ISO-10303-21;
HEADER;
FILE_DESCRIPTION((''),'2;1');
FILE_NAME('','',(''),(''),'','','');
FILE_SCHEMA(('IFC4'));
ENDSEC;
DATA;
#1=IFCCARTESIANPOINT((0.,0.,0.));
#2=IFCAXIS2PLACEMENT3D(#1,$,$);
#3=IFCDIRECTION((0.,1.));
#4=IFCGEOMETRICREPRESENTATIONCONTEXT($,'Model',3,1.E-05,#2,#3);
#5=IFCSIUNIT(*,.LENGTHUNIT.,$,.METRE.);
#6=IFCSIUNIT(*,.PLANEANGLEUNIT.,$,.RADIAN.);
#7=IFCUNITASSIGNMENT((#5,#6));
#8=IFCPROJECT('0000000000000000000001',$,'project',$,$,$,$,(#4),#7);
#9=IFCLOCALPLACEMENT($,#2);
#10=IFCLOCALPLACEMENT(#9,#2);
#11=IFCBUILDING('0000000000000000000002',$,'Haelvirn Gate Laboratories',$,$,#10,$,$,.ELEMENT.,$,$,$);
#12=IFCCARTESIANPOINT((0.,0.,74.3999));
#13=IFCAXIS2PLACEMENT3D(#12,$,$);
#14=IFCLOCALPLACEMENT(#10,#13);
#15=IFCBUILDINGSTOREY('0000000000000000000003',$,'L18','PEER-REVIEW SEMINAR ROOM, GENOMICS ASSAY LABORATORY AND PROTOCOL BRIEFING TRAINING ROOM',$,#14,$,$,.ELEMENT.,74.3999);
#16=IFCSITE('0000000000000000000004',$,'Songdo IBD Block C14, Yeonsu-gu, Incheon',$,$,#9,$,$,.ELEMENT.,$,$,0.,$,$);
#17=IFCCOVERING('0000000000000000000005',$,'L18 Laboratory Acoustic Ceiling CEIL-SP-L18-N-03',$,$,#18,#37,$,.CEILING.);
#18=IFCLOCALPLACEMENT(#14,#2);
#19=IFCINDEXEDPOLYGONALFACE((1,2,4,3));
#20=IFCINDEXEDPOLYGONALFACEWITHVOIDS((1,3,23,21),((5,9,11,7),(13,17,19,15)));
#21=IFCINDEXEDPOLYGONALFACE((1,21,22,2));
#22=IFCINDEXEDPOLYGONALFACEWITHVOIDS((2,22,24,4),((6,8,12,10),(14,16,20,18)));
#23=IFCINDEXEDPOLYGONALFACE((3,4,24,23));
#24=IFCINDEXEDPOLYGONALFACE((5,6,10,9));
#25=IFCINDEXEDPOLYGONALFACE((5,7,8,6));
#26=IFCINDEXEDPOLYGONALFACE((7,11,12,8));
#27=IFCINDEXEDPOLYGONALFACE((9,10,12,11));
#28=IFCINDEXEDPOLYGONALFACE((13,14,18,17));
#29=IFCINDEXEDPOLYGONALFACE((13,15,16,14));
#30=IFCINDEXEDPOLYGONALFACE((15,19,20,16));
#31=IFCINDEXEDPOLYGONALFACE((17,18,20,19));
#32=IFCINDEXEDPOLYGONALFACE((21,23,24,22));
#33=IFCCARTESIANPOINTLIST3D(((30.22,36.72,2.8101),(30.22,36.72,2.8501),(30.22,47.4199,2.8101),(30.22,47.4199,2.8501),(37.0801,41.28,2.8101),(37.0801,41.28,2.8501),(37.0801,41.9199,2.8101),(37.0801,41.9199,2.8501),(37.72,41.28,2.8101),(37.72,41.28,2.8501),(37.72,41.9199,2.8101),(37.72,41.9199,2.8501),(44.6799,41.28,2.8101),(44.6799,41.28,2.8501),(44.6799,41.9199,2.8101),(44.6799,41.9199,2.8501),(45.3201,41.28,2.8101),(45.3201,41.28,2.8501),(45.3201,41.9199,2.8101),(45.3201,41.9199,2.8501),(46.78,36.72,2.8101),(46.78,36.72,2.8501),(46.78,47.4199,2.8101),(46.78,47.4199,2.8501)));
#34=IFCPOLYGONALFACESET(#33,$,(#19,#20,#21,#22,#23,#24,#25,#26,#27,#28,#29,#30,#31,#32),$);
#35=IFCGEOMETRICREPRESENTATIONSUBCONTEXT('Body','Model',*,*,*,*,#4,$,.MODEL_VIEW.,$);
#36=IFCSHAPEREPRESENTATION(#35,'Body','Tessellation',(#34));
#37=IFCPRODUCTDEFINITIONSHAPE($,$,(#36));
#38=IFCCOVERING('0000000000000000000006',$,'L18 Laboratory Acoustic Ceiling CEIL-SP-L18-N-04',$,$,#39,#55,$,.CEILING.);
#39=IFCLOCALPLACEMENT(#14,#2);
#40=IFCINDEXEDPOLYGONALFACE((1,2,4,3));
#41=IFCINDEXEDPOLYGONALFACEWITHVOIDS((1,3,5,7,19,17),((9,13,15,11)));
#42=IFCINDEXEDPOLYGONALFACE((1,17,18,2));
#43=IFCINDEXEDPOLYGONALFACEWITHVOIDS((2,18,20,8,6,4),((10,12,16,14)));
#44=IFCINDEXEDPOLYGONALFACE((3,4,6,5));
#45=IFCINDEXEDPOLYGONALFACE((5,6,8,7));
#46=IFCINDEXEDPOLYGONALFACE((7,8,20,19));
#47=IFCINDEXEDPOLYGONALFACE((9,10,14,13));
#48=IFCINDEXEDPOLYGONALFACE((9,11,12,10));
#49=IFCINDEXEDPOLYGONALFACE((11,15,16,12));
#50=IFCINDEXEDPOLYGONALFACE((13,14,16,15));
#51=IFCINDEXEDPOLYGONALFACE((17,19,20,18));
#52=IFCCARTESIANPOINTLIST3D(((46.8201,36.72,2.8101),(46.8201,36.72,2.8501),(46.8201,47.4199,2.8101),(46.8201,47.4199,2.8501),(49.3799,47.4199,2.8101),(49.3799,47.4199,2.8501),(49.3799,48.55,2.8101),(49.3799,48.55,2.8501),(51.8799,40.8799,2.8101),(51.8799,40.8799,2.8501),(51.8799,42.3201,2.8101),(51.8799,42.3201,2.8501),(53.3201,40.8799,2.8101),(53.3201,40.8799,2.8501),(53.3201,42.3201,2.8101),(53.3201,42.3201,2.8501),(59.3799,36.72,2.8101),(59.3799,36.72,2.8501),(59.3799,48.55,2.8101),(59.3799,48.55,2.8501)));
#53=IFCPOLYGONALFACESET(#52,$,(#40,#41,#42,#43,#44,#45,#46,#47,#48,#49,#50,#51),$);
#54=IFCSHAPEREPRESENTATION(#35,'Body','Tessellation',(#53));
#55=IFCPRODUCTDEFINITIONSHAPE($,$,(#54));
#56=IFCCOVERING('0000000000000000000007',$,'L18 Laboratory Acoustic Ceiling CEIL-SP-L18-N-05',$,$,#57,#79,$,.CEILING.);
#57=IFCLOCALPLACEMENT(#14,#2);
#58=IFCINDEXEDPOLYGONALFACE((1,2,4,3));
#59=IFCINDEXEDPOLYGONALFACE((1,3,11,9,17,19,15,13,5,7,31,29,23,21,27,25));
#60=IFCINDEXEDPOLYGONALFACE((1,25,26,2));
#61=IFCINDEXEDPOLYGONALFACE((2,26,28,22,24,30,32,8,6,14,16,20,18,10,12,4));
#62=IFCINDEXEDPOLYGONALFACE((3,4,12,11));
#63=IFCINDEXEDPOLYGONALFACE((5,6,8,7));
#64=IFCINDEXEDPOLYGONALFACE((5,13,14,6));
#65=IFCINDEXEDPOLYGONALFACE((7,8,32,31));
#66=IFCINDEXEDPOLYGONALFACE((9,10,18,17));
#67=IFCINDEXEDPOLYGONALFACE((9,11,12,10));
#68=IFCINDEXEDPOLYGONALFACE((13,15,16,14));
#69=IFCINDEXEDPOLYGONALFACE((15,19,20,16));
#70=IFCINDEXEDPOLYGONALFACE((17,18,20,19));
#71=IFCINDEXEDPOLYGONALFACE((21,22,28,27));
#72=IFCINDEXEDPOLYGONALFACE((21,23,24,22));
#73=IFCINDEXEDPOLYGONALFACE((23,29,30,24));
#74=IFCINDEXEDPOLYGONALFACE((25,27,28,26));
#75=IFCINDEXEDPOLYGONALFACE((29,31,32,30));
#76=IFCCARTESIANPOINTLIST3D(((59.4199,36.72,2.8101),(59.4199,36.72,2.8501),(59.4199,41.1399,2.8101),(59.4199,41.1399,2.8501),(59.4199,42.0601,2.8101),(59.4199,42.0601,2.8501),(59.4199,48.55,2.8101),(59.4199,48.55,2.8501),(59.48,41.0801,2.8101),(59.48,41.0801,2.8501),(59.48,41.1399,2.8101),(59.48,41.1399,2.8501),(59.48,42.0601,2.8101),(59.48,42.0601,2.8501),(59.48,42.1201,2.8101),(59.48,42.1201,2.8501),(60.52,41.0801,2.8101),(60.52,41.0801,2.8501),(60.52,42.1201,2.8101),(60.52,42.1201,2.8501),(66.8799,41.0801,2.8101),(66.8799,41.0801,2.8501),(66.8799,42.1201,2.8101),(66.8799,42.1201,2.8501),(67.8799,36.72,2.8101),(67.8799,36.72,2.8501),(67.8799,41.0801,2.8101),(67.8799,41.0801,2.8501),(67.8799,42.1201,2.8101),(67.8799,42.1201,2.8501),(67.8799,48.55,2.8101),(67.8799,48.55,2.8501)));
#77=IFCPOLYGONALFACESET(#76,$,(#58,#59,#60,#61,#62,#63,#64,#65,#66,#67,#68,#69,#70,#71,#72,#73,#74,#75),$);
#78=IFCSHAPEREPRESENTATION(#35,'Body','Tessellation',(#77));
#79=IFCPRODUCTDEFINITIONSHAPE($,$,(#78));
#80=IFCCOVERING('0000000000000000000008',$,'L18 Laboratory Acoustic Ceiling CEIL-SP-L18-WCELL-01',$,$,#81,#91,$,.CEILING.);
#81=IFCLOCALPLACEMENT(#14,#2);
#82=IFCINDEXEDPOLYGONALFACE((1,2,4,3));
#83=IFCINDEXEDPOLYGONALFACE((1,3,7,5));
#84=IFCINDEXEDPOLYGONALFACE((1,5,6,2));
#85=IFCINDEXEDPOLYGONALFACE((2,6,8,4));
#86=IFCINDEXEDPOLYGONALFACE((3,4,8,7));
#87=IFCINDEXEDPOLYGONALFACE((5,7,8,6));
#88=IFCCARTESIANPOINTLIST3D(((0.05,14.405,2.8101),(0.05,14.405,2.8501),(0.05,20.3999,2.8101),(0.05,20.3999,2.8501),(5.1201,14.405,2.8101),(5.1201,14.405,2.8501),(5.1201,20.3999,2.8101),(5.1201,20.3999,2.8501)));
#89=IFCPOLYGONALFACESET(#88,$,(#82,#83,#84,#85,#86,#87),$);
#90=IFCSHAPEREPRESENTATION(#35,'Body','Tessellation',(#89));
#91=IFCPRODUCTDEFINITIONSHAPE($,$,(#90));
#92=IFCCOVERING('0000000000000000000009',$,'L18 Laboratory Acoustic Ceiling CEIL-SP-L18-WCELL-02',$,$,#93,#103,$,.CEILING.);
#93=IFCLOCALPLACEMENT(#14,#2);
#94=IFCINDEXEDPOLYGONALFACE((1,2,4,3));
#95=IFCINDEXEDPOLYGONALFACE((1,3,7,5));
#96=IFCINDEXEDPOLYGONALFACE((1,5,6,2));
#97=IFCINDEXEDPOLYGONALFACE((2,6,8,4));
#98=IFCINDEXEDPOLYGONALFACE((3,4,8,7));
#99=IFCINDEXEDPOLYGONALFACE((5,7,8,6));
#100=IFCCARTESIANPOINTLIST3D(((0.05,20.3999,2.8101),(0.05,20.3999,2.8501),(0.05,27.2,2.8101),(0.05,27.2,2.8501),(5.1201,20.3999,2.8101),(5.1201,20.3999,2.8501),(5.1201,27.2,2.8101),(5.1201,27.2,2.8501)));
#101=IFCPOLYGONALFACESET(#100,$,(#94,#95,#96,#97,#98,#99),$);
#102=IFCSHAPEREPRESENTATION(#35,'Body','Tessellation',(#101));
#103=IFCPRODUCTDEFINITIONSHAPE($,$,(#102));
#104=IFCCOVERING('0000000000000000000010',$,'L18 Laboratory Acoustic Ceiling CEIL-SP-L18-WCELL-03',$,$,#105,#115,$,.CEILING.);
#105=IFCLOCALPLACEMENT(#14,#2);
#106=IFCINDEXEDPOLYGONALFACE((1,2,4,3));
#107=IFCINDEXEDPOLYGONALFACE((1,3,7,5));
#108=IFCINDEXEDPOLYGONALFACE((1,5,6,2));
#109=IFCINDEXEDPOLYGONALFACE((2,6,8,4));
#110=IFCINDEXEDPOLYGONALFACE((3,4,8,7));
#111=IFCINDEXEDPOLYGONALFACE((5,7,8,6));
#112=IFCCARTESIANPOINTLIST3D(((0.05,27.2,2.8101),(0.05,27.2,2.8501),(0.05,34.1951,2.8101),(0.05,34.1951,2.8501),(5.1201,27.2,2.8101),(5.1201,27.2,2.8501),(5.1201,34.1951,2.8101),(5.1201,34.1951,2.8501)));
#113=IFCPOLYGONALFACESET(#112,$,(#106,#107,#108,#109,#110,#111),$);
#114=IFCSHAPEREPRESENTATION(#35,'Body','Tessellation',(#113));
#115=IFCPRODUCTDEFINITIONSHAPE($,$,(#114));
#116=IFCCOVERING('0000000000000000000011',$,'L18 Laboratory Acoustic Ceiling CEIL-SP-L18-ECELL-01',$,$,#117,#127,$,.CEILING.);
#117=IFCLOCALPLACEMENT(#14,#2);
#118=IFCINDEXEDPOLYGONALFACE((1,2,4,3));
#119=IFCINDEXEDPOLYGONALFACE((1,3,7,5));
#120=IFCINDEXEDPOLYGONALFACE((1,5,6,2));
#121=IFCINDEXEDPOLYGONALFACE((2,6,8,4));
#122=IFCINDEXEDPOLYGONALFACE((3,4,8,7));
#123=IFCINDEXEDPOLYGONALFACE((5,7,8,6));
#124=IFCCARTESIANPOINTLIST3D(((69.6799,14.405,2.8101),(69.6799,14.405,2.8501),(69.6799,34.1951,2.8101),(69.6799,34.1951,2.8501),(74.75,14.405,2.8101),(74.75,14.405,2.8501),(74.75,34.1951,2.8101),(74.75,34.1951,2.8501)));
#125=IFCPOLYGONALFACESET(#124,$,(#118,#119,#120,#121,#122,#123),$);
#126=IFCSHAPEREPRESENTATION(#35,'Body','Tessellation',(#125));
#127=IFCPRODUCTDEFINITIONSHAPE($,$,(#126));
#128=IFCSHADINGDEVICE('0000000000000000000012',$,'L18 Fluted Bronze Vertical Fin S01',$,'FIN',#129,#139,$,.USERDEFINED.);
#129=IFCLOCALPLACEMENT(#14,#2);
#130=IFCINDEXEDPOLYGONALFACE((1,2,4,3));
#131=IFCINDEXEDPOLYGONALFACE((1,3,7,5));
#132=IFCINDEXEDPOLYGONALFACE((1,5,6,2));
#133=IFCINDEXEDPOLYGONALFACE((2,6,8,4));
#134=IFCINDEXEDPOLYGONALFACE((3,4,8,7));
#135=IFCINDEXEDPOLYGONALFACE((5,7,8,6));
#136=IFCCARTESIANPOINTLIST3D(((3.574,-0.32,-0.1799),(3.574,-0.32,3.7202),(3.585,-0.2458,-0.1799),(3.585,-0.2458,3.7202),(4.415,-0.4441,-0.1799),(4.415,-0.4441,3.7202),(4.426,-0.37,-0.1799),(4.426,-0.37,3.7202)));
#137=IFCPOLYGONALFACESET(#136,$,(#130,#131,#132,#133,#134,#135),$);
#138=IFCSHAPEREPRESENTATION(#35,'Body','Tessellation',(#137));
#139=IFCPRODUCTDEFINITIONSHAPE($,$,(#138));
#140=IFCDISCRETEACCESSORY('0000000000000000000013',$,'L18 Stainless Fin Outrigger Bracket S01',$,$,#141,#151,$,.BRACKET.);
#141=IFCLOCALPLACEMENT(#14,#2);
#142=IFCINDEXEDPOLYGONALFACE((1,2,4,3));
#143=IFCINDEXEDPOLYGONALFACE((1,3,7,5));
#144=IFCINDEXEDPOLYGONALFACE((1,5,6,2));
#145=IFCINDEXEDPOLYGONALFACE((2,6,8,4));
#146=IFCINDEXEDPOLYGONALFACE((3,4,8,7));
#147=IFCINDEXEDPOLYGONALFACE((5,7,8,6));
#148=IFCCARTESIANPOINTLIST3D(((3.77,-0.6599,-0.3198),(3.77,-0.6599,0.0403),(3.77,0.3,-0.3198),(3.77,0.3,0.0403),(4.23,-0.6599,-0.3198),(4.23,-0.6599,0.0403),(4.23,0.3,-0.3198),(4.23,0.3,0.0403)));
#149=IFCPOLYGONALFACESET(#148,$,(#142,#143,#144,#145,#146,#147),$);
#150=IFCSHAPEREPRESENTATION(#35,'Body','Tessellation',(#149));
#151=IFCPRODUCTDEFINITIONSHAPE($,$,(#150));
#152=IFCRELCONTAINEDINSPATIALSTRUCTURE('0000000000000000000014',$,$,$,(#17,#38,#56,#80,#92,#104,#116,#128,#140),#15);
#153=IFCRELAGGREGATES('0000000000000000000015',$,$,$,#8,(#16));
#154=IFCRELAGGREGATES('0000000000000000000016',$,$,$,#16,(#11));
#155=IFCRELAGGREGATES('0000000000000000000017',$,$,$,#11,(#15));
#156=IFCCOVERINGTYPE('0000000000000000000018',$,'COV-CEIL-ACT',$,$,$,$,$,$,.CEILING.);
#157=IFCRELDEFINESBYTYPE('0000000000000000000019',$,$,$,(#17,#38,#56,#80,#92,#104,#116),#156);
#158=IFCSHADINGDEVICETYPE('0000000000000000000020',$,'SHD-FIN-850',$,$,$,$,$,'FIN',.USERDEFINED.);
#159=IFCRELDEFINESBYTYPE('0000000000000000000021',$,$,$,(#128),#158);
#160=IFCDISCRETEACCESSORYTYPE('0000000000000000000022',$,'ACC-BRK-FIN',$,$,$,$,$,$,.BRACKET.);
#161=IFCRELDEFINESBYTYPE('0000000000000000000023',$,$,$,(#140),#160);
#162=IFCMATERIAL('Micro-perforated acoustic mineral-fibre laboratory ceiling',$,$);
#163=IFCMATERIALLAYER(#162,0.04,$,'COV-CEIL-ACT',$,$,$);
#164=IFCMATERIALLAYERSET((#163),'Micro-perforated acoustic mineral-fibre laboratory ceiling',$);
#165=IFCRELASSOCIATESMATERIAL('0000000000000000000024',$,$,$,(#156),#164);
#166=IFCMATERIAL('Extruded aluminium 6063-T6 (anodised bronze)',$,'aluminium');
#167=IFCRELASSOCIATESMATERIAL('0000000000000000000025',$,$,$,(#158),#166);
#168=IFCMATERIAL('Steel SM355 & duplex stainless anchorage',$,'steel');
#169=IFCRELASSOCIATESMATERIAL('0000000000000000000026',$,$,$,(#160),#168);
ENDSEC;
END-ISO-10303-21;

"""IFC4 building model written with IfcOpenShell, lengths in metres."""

from ifc_helpers import new_model, si_unit, direction, frame, origin, origin_2d, place, context, subcontext, project, spatial, polyline, rectangle, outline, extrude, source, transform, mapped, material, layer, layer_set, material_profile, profile_set, type_object, type_shapes, element, save


model = new_model("IFC4")

# Units and contexts
model_context = context("Model", 3, precision=1e-05, world=origin(), true_north=direction((0.0, 1.0)))
body_context = subcontext(model_context, "Body", "Model", "MODEL_VIEW")
ifc_project = project(units=[si_unit("LENGTHUNIT", "METRE"), si_unit("PLANEANGLEUNIT", "RADIAN")], contexts=[model_context])

# Site, building, storey
site_placement = place(None, origin())
site = spatial("IfcSite", under=ifc_project, at=site_placement, Name="Songdo IBD Block C14, Yeonsu-gu, Incheon", CompositionType="ELEMENT", RefElevation=0.0)
building_placement = place(site_placement, origin())
building = spatial("IfcBuilding", under=site, at=building_placement, Name="Haelvirn Gate Laboratories", CompositionType="ELEMENT")
storey_placement = place(building_placement, frame((0.0, 0.0, 74.3999)))
storey = spatial("IfcBuildingStorey", under=building, at=storey_placement, Name="L18", Description="PEER-REVIEW SEMINAR ROOM, GENOMICS ASSAY LABORATORY AND PROTOCOL BRIEFING TRAINING ROOM", CompositionType="ELEMENT", Elevation=74.3999)

# Shared definitions
ifc_material_1 = material(Name="Extruded aluminium 6063-T6 (anodised bronze)", Category="aluminium")

# Coverings
ifc_material_2 = material(Name="Micro-perforated acoustic mineral-fibre laboratory ceiling")
ifc_layer_1 = layer(ifc_material_2, 0.04, Name="COV-CEIL-ACT")
ifc_layer_set_1 = layer_set([ifc_layer_1], Name="Micro-perforated acoustic mineral-fibre laboratory ceiling")
covering_type = type_object("IfcCoveringType", Name="COV-CEIL-ACT", PredefinedType="CEILING", material=ifc_layer_set_1)
covering_1_placement = place(storey_placement, frame((0.0, 0.0, 2.8101)))
element("IfcCovering", 1, at=covering_1_placement, inside=storey, type_object=covering_type, Name="L18 Laboratory Acoustic Ceiling CEIL-SP-L18-N-03", PredefinedType="CEILING", context=body_context, shape_type="SweptSolid", body=[
    extrude(outline(polyline([(30.22, 36.72), (30.22, 47.4199), (46.78, 47.4199), (46.78, 36.72), (30.22, 36.72)]), holes=[polyline([(37.0801, 41.9199), (37.0801, 41.28), (37.72, 41.28), (37.72, 41.9199), (37.0801, 41.9199)]), polyline([(45.3201, 41.9199), (44.6799, 41.9199), (44.6799, 41.28), (45.3201, 41.28), (45.3201, 41.9199)])]), origin(), (0.0, 0.0, 1.0), 0.04),
])
covering_2_placement = place(storey_placement, frame((0.0, 0.0, 2.8101)))
element("IfcCovering", 2, at=covering_2_placement, inside=storey, type_object=covering_type, Name="L18 Laboratory Acoustic Ceiling CEIL-SP-L18-N-04", PredefinedType="CEILING", context=body_context, shape_type="SweptSolid", body=[
    extrude(outline(polyline([(46.8201, 47.4199), (49.3799, 47.4199), (49.3799, 48.55), (59.3799, 48.55), (59.3799, 36.72), (46.8201, 36.72), (46.8201, 47.4199)]), holes=[polyline([(53.3201, 42.3201), (51.8799, 42.3201), (51.8799, 40.8799), (53.3201, 40.8799), (53.3201, 42.3201)])]), origin(), (0.0, 0.0, 1.0), 0.04),
])
covering_3_placement = place(storey_placement, frame((0.0, 0.0, 2.8101)))
element("IfcCovering", 3, at=covering_3_placement, inside=storey, type_object=covering_type, Name="L18 Laboratory Acoustic Ceiling CEIL-SP-L18-N-05", PredefinedType="CEILING", context=body_context, shape_type="SweptSolid", body=[
    extrude(outline(polyline([(59.4199, 48.55), (67.8799, 48.55), (67.8799, 42.1201), (66.8799, 42.1201), (66.8799, 41.0801), (67.8799, 41.0801), (67.8799, 36.72), (59.4199, 36.72), (59.4199, 41.1399), (59.48, 41.1399), (59.48, 41.0801), (60.52, 41.0801), (60.52, 42.1201), (59.48, 42.1201), (59.48, 42.0601), (59.4199, 42.0601), (59.4199, 48.55)])), origin(), (0.0, 0.0, 1.0), 0.04),
])
covering_4_placement = place(storey_placement, frame((0.0, 0.0, 2.8101)))
element("IfcCovering", 4, at=covering_4_placement, inside=storey, type_object=covering_type, Name="L18 Laboratory Acoustic Ceiling CEIL-SP-L18-WCELL-01", PredefinedType="CEILING", context=body_context, shape_type="SweptSolid", body=[
    extrude(outline(polyline([(0.05, 20.3999), (5.1201, 20.3999), (5.1201, 14.405), (0.05, 14.405), (0.05, 20.3999)])), origin(), (0.0, 0.0, 1.0), 0.04),
])
covering_5_placement = place(storey_placement, frame((0.0, 0.0, 2.8101)))
element("IfcCovering", 5, at=covering_5_placement, inside=storey, type_object=covering_type, Name="L18 Laboratory Acoustic Ceiling CEIL-SP-L18-WCELL-02", PredefinedType="CEILING", context=body_context, shape_type="SweptSolid", body=[
    extrude(outline(polyline([(0.05, 27.2), (5.1201, 27.2), (5.1201, 20.3999), (0.05, 20.3999), (0.05, 27.2)])), origin(), (0.0, 0.0, 1.0), 0.04),
])
covering_6_placement = place(storey_placement, frame((0.0, 0.0, 2.8101)))
element("IfcCovering", 6, at=covering_6_placement, inside=storey, type_object=covering_type, Name="L18 Laboratory Acoustic Ceiling CEIL-SP-L18-WCELL-03", PredefinedType="CEILING", context=body_context, shape_type="SweptSolid", body=[
    extrude(outline(polyline([(0.05, 34.1951), (5.1201, 34.1951), (5.1201, 27.2), (0.05, 27.2), (0.05, 34.1951)])), origin(), (0.0, 0.0, 1.0), 0.04),
])
covering_7_placement = place(storey_placement, frame((0.0, 0.0, 2.8101)))
element("IfcCovering", 7, at=covering_7_placement, inside=storey, type_object=covering_type, Name="L18 Laboratory Acoustic Ceiling CEIL-SP-L18-ECELL-01", PredefinedType="CEILING", context=body_context, shape_type="SweptSolid", body=[
    extrude(outline(polyline([(69.6799, 34.1951), (74.75, 34.1951), (74.75, 14.405), (69.6799, 14.405), (69.6799, 34.1951)])), origin(), (0.0, 0.0, 1.0), 0.04),
])

# Shading device
ifc_material_profile_1 = material_profile(ifc_material_1, rectangle(XDim=0.075, YDim=0.8501, at=origin_2d()), Name="FIN-850x75")
ifc_profile_set_1 = profile_set([ifc_material_profile_1], Name="Extruded aluminium 6063-T6 (anodised bronze)")
shading_device_type = type_object("IfcShadingDeviceType", Name="SHD-FIN-850", ElementType="FIN", PredefinedType="USERDEFINED", material=ifc_profile_set_1)
shared_shape_1 = source(origin(), body_context, "Body", "SweptSolid", [
    extrude(rectangle(XDim=0.075, YDim=0.8501, at=origin_2d()), origin(), (0.0, 0.0, 1.0), 3.9001),
])
type_shapes(shading_device_type, [shared_shape_1])
shading_device_placement = place(storey_placement, frame((4.0, -0.345, -0.1799), z_axis=(0.0, 0.0, 1.0), x_axis=(0.146083, 0.989272, 0.0)))
element("IfcShadingDevice", 8, at=shading_device_placement, inside=storey, type_object=shading_device_type, Name="L18 Fluted Bronze Vertical Fin S01", ObjectType="FIN", PredefinedType="USERDEFINED", context=body_context, shape_type="MappedRepresentation", body=[
    mapped(shared_shape_1, transform((0.0, 0.0, 0.0), scale=1.0)),
])

# Discrete accessory
ifc_material_3 = material(Name="Steel SM355 & duplex stainless anchorage", Category="steel")
discrete_accessory_type = type_object("IfcDiscreteAccessoryType", Name="ACC-BRK-FIN", PredefinedType="BRACKET", material=ifc_material_3)
shared_shape_2 = source(origin(), body_context, "Body", "SweptSolid", [
    extrude(rectangle(XDim=0.46, YDim=0.96, at=origin_2d()), origin(), (0.0, 0.0, 1.0), 0.3601),
])
type_shapes(discrete_accessory_type, [shared_shape_2])
discrete_accessory_placement = place(storey_placement, frame((4.0, -0.1799, -0.3198), z_axis=(0.0, 0.0, 1.0), x_axis=(1.0, 0.0, 0.0)))
element("IfcDiscreteAccessory", 9, at=discrete_accessory_placement, inside=storey, type_object=discrete_accessory_type, Name="L18 Stainless Fin Outrigger Bracket S01", PredefinedType="BRACKET", context=body_context, shape_type="MappedRepresentation", body=[
    mapped(shared_shape_2, transform((0.0, 0.0, 0.0), scale=1.0)),
])

save(model, "model.ifc")
